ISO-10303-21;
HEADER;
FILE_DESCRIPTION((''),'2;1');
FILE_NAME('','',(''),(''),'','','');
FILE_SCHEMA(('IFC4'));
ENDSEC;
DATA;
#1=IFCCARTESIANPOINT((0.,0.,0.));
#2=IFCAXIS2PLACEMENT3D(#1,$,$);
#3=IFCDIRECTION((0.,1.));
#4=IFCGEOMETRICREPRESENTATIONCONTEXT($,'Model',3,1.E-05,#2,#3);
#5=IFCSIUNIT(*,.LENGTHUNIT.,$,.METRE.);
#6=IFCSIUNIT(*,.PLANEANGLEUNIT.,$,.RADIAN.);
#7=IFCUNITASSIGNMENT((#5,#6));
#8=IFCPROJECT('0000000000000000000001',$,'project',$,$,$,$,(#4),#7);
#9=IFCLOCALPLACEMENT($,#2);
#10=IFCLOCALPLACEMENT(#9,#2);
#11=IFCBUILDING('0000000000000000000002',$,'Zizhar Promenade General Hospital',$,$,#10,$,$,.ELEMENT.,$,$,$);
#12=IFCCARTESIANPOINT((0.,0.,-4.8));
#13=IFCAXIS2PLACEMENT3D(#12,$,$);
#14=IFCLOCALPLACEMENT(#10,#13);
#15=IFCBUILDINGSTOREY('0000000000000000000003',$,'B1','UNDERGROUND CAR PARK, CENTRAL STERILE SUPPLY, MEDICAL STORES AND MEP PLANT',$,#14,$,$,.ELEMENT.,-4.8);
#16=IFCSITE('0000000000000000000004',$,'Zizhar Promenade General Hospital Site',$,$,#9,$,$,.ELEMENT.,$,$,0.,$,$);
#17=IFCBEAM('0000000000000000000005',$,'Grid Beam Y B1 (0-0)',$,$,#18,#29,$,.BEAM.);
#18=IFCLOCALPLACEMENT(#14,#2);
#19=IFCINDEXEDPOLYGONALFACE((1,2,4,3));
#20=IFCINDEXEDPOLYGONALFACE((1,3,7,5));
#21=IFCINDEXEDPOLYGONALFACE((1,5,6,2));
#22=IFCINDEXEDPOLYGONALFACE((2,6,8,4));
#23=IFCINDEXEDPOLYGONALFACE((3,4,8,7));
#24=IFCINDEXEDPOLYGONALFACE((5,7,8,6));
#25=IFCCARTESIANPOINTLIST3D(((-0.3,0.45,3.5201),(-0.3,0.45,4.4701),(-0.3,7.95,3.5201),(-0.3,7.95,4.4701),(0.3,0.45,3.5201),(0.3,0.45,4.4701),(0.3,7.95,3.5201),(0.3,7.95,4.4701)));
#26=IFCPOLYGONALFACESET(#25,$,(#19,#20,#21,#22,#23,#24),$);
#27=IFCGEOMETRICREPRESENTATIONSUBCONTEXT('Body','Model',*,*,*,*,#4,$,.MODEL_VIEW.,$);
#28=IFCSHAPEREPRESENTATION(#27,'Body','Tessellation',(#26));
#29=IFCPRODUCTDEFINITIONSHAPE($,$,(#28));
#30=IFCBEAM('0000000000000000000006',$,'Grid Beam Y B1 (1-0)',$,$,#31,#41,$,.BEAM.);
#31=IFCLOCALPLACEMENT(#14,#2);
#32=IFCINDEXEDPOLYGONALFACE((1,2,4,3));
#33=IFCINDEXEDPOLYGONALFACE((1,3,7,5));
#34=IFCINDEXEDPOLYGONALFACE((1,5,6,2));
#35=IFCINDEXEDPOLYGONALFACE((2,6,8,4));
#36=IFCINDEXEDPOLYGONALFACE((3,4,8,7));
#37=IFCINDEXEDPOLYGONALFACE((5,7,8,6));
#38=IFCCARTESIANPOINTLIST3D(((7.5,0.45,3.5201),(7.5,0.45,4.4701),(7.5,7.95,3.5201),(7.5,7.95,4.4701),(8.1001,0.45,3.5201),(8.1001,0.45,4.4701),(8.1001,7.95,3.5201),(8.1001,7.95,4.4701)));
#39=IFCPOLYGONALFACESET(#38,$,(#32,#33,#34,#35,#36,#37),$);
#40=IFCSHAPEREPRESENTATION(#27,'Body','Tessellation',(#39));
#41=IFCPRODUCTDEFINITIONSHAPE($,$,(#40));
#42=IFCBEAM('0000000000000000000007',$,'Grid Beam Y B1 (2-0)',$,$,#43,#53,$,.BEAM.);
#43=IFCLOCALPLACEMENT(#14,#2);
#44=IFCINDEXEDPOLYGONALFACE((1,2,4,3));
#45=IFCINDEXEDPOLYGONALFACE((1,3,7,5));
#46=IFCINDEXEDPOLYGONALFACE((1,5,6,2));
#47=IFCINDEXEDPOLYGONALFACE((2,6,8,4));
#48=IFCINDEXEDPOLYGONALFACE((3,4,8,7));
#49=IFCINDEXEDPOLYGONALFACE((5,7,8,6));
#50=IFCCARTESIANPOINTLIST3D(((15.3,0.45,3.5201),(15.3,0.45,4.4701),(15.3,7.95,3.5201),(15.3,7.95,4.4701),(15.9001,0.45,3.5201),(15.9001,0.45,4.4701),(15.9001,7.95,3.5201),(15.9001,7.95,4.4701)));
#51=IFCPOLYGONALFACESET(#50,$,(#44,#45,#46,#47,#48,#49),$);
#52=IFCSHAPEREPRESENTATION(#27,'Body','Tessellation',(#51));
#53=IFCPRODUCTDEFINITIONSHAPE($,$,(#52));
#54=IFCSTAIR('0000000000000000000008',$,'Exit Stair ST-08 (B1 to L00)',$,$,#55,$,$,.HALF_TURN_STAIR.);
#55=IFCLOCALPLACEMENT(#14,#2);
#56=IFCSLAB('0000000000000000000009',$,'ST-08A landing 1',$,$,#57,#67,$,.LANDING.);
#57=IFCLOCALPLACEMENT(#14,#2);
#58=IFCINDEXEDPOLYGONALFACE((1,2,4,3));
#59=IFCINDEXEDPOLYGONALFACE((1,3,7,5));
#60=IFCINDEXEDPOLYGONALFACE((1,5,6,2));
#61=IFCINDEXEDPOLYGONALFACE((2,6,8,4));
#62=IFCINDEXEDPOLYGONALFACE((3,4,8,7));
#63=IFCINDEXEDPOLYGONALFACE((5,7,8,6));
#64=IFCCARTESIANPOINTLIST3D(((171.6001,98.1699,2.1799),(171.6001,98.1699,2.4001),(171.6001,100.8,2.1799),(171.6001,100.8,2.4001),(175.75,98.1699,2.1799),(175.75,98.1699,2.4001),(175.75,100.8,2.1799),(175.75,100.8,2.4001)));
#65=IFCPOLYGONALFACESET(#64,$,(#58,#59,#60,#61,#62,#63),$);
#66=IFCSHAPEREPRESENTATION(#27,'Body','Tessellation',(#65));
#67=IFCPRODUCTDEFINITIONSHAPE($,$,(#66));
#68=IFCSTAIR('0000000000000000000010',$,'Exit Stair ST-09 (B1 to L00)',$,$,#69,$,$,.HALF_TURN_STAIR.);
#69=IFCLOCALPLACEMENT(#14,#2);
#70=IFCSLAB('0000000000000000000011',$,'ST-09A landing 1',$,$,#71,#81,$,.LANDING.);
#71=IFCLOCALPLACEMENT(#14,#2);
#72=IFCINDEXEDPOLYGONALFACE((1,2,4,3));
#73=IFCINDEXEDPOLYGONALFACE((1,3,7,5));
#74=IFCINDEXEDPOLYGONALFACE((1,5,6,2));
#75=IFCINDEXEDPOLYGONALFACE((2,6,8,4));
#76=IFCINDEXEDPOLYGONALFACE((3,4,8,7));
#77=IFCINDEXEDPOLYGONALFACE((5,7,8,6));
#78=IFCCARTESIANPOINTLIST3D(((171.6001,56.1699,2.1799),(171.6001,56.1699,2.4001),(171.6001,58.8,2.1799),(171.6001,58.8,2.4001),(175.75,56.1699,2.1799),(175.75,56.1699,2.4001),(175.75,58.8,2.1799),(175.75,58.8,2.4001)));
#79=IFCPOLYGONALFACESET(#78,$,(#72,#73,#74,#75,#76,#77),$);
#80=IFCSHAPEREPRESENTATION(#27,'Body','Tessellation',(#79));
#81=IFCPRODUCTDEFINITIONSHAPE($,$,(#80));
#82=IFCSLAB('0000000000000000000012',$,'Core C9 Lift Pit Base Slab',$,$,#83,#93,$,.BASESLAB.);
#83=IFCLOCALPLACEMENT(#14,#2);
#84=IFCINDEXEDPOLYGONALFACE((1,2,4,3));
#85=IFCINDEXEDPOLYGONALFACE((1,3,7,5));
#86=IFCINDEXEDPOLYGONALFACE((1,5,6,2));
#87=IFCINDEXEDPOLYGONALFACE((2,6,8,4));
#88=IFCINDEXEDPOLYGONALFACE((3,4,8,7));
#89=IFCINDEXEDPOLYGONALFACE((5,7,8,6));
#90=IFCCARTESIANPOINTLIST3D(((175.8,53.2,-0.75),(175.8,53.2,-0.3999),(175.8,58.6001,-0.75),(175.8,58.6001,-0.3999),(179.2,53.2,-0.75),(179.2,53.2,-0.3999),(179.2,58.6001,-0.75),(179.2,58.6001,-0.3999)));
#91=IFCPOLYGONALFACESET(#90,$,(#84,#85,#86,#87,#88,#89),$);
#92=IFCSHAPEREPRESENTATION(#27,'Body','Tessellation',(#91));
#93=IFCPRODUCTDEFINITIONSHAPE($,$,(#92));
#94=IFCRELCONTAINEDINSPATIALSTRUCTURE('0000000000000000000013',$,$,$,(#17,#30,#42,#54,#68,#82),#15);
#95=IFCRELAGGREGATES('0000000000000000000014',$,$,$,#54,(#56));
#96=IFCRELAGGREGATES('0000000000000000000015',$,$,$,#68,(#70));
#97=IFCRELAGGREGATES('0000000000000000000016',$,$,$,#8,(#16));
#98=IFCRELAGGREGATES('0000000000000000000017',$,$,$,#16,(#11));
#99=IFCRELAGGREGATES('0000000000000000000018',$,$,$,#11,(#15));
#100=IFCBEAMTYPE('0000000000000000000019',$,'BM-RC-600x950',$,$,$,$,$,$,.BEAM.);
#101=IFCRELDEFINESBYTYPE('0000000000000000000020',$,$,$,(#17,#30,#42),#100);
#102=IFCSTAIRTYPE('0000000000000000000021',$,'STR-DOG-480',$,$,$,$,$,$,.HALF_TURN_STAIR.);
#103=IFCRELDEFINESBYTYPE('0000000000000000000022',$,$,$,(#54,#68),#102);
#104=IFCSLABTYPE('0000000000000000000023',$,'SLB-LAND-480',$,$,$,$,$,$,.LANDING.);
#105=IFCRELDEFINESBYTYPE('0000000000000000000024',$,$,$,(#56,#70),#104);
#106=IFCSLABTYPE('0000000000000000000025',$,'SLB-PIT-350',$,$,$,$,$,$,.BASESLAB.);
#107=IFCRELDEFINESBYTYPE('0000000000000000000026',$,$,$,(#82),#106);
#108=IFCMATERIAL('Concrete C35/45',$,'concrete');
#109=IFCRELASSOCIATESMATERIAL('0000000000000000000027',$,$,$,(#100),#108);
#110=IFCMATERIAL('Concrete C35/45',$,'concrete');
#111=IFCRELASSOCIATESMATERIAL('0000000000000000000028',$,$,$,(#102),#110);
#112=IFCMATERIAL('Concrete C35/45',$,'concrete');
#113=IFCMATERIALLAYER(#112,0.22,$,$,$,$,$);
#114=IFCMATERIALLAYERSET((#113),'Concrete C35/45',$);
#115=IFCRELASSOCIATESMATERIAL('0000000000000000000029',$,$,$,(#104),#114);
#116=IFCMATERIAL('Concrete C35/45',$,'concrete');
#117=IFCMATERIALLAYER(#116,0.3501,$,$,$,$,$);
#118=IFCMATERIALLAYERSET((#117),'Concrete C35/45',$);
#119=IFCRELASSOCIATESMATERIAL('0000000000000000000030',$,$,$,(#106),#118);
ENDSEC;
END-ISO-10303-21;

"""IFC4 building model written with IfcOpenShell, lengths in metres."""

from ifc_helpers import new_model, si_unit, direction, frame, origin, origin_2d, place, context, subcontext, project, spatial, polyline, rectangle, outline, extrude, material, layer, layer_set, material_profile, profile_set, type_object, element, aggregate, save


model = new_model("IFC4")

# Units and contexts
model_context = context("Model", 3, precision=1e-05, world=origin(), true_north=direction((0.0, 1.0)))
body_context = subcontext(model_context, "Body", "Model", "MODEL_VIEW")
ifc_project = project(units=[si_unit("LENGTHUNIT", "METRE"), si_unit("PLANEANGLEUNIT", "RADIAN")], contexts=[model_context])

# Site, building, storey
site_placement = place(None, origin())
site = spatial("IfcSite", under=ifc_project, at=site_placement, Name="Zizhar Promenade General Hospital Site", CompositionType="ELEMENT", RefElevation=0.0)
building_placement = place(site_placement, origin())
building = spatial("IfcBuilding", under=site, at=building_placement, Name="Zizhar Promenade General Hospital", CompositionType="ELEMENT")
storey_placement = place(building_placement, frame((0.0, 0.0, -4.8)))
storey = spatial("IfcBuildingStorey", under=building, at=storey_placement, Name="B1", Description="UNDERGROUND CAR PARK, CENTRAL STERILE SUPPLY, MEDICAL STORES AND MEP PLANT", CompositionType="ELEMENT", Elevation=-4.8)

# Beams
ifc_material_1 = material(Name="Concrete C35/45", Category="concrete")
ifc_material_profile_1 = material_profile(ifc_material_1, rectangle(XDim=0.6001, YDim=0.95, at=origin_2d()))
ifc_profile_set_1 = profile_set([ifc_material_profile_1], Name="Concrete C35/45")
beam_type_1 = type_object("IfcBeamType", Name="BM-RC-600x950", PredefinedType="BEAM", material=ifc_profile_set_1)
for number, where, z_axis, x_axis, name in (
    (1, (0.0, 0.45, 3.9951), (0.0, 1.0, 0.0), (-1.0, 0.0, 0.0), "Grid Beam Y B1 (0-0)"),
    (2, (7.8, 0.45, 3.9951), (0.0, 1.0, 0.0), (-1.0, 0.0, 0.0), "Grid Beam Y B1 (1-0)"),
    (3, (15.6001, 0.45, 3.9951), (0.0, 1.0, 0.0), (-1.0, 0.0, 0.0), "Grid Beam Y B1 (2-0)"),
):
    element("IfcBeam", number, at=place(storey_placement, frame(where, z_axis=z_axis, x_axis=x_axis)), inside=storey, type_object=beam_type_1, Name=name, PredefinedType="BEAM", context=body_context, shape_type="SweptSolid", body=[
        extrude(rectangle(XDim=0.6001, YDim=0.95, at=origin_2d()), origin(), (0.0, 0.0, 1.0), 7.5),
    ])

# Stairs, slabs
ifc_material_2 = material(Name="Concrete C35/45", Category="concrete")
stair_type = type_object("IfcStairType", Name="STR-DOG-480", PredefinedType="HALF_TURN_STAIR", material=ifc_material_2)
stair_1_placement = place(storey_placement, origin())
stair_1 = element("IfcStair", 4, at=stair_1_placement, inside=storey, type_object=stair_type, Name="Exit Stair ST-08 (B1 to L00)", PredefinedType="HALF_TURN_STAIR")
ifc_material_3 = material(Name="Concrete C35/45", Category="concrete")
ifc_layer_1 = layer(ifc_material_3, 0.22)
ifc_layer_set_1 = layer_set([ifc_layer_1], Name="Concrete C35/45")
slab_type_1 = type_object("IfcSlabType", Name="SLB-LAND-480", PredefinedType="LANDING", material=ifc_layer_set_1)
slab_1_placement = place(storey_placement, frame((0.0, 0.0, 2.1799)))
slab_1 = element("IfcSlab", 5, at=slab_1_placement, type_object=slab_type_1, Name="ST-08A landing 1", PredefinedType="LANDING", context=body_context, shape_type="SweptSolid", body=[
    extrude(outline(polyline([(171.6001, 98.1699), (175.75, 98.1699), (175.75, 100.8), (171.6001, 100.8), (171.6001, 98.1699)])), origin(), (0.0, 0.0, 1.0), 0.2202),
])
aggregate(stair_1, [slab_1])
stair_2_placement = place(storey_placement, origin())
stair_2 = element("IfcStair", 6, at=stair_2_placement, inside=storey, type_object=stair_type, Name="Exit Stair ST-09 (B1 to L00)", PredefinedType="HALF_TURN_STAIR")
slab_2_placement = place(storey_placement, frame((0.0, 0.0, 2.1799)))
slab_2 = element("IfcSlab", 7, at=slab_2_placement, type_object=slab_type_1, Name="ST-09A landing 1", PredefinedType="LANDING", context=body_context, shape_type="SweptSolid", body=[
    extrude(outline(polyline([(171.6001, 56.1699), (175.75, 56.1699), (175.75, 58.8), (171.6001, 58.8), (171.6001, 56.1699)])), origin(), (0.0, 0.0, 1.0), 0.2202),
])
aggregate(stair_2, [slab_2])

# Slab
ifc_material_4 = material(Name="Concrete C35/45", Category="concrete")
ifc_layer_2 = layer(ifc_material_4, 0.3501)
ifc_layer_set_2 = layer_set([ifc_layer_2], Name="Concrete C35/45")
slab_type_2 = type_object("IfcSlabType", Name="SLB-PIT-350", PredefinedType="BASESLAB", material=ifc_layer_set_2)
slab_3_placement = place(storey_placement, frame((0.0, 0.0, -0.75)))
element("IfcSlab", 8, at=slab_3_placement, inside=storey, type_object=slab_type_2, Name="Core C9 Lift Pit Base Slab", PredefinedType="BASESLAB", context=body_context, shape_type="SweptSolid", body=[
    extrude(outline(polyline([(175.8, 53.2), (179.2, 53.2), (179.2, 58.6001), (175.8, 58.6001), (175.8, 53.2)])), origin(), (0.0, 0.0, 1.0), 0.3501),
])

save(model, "model.ifc")
